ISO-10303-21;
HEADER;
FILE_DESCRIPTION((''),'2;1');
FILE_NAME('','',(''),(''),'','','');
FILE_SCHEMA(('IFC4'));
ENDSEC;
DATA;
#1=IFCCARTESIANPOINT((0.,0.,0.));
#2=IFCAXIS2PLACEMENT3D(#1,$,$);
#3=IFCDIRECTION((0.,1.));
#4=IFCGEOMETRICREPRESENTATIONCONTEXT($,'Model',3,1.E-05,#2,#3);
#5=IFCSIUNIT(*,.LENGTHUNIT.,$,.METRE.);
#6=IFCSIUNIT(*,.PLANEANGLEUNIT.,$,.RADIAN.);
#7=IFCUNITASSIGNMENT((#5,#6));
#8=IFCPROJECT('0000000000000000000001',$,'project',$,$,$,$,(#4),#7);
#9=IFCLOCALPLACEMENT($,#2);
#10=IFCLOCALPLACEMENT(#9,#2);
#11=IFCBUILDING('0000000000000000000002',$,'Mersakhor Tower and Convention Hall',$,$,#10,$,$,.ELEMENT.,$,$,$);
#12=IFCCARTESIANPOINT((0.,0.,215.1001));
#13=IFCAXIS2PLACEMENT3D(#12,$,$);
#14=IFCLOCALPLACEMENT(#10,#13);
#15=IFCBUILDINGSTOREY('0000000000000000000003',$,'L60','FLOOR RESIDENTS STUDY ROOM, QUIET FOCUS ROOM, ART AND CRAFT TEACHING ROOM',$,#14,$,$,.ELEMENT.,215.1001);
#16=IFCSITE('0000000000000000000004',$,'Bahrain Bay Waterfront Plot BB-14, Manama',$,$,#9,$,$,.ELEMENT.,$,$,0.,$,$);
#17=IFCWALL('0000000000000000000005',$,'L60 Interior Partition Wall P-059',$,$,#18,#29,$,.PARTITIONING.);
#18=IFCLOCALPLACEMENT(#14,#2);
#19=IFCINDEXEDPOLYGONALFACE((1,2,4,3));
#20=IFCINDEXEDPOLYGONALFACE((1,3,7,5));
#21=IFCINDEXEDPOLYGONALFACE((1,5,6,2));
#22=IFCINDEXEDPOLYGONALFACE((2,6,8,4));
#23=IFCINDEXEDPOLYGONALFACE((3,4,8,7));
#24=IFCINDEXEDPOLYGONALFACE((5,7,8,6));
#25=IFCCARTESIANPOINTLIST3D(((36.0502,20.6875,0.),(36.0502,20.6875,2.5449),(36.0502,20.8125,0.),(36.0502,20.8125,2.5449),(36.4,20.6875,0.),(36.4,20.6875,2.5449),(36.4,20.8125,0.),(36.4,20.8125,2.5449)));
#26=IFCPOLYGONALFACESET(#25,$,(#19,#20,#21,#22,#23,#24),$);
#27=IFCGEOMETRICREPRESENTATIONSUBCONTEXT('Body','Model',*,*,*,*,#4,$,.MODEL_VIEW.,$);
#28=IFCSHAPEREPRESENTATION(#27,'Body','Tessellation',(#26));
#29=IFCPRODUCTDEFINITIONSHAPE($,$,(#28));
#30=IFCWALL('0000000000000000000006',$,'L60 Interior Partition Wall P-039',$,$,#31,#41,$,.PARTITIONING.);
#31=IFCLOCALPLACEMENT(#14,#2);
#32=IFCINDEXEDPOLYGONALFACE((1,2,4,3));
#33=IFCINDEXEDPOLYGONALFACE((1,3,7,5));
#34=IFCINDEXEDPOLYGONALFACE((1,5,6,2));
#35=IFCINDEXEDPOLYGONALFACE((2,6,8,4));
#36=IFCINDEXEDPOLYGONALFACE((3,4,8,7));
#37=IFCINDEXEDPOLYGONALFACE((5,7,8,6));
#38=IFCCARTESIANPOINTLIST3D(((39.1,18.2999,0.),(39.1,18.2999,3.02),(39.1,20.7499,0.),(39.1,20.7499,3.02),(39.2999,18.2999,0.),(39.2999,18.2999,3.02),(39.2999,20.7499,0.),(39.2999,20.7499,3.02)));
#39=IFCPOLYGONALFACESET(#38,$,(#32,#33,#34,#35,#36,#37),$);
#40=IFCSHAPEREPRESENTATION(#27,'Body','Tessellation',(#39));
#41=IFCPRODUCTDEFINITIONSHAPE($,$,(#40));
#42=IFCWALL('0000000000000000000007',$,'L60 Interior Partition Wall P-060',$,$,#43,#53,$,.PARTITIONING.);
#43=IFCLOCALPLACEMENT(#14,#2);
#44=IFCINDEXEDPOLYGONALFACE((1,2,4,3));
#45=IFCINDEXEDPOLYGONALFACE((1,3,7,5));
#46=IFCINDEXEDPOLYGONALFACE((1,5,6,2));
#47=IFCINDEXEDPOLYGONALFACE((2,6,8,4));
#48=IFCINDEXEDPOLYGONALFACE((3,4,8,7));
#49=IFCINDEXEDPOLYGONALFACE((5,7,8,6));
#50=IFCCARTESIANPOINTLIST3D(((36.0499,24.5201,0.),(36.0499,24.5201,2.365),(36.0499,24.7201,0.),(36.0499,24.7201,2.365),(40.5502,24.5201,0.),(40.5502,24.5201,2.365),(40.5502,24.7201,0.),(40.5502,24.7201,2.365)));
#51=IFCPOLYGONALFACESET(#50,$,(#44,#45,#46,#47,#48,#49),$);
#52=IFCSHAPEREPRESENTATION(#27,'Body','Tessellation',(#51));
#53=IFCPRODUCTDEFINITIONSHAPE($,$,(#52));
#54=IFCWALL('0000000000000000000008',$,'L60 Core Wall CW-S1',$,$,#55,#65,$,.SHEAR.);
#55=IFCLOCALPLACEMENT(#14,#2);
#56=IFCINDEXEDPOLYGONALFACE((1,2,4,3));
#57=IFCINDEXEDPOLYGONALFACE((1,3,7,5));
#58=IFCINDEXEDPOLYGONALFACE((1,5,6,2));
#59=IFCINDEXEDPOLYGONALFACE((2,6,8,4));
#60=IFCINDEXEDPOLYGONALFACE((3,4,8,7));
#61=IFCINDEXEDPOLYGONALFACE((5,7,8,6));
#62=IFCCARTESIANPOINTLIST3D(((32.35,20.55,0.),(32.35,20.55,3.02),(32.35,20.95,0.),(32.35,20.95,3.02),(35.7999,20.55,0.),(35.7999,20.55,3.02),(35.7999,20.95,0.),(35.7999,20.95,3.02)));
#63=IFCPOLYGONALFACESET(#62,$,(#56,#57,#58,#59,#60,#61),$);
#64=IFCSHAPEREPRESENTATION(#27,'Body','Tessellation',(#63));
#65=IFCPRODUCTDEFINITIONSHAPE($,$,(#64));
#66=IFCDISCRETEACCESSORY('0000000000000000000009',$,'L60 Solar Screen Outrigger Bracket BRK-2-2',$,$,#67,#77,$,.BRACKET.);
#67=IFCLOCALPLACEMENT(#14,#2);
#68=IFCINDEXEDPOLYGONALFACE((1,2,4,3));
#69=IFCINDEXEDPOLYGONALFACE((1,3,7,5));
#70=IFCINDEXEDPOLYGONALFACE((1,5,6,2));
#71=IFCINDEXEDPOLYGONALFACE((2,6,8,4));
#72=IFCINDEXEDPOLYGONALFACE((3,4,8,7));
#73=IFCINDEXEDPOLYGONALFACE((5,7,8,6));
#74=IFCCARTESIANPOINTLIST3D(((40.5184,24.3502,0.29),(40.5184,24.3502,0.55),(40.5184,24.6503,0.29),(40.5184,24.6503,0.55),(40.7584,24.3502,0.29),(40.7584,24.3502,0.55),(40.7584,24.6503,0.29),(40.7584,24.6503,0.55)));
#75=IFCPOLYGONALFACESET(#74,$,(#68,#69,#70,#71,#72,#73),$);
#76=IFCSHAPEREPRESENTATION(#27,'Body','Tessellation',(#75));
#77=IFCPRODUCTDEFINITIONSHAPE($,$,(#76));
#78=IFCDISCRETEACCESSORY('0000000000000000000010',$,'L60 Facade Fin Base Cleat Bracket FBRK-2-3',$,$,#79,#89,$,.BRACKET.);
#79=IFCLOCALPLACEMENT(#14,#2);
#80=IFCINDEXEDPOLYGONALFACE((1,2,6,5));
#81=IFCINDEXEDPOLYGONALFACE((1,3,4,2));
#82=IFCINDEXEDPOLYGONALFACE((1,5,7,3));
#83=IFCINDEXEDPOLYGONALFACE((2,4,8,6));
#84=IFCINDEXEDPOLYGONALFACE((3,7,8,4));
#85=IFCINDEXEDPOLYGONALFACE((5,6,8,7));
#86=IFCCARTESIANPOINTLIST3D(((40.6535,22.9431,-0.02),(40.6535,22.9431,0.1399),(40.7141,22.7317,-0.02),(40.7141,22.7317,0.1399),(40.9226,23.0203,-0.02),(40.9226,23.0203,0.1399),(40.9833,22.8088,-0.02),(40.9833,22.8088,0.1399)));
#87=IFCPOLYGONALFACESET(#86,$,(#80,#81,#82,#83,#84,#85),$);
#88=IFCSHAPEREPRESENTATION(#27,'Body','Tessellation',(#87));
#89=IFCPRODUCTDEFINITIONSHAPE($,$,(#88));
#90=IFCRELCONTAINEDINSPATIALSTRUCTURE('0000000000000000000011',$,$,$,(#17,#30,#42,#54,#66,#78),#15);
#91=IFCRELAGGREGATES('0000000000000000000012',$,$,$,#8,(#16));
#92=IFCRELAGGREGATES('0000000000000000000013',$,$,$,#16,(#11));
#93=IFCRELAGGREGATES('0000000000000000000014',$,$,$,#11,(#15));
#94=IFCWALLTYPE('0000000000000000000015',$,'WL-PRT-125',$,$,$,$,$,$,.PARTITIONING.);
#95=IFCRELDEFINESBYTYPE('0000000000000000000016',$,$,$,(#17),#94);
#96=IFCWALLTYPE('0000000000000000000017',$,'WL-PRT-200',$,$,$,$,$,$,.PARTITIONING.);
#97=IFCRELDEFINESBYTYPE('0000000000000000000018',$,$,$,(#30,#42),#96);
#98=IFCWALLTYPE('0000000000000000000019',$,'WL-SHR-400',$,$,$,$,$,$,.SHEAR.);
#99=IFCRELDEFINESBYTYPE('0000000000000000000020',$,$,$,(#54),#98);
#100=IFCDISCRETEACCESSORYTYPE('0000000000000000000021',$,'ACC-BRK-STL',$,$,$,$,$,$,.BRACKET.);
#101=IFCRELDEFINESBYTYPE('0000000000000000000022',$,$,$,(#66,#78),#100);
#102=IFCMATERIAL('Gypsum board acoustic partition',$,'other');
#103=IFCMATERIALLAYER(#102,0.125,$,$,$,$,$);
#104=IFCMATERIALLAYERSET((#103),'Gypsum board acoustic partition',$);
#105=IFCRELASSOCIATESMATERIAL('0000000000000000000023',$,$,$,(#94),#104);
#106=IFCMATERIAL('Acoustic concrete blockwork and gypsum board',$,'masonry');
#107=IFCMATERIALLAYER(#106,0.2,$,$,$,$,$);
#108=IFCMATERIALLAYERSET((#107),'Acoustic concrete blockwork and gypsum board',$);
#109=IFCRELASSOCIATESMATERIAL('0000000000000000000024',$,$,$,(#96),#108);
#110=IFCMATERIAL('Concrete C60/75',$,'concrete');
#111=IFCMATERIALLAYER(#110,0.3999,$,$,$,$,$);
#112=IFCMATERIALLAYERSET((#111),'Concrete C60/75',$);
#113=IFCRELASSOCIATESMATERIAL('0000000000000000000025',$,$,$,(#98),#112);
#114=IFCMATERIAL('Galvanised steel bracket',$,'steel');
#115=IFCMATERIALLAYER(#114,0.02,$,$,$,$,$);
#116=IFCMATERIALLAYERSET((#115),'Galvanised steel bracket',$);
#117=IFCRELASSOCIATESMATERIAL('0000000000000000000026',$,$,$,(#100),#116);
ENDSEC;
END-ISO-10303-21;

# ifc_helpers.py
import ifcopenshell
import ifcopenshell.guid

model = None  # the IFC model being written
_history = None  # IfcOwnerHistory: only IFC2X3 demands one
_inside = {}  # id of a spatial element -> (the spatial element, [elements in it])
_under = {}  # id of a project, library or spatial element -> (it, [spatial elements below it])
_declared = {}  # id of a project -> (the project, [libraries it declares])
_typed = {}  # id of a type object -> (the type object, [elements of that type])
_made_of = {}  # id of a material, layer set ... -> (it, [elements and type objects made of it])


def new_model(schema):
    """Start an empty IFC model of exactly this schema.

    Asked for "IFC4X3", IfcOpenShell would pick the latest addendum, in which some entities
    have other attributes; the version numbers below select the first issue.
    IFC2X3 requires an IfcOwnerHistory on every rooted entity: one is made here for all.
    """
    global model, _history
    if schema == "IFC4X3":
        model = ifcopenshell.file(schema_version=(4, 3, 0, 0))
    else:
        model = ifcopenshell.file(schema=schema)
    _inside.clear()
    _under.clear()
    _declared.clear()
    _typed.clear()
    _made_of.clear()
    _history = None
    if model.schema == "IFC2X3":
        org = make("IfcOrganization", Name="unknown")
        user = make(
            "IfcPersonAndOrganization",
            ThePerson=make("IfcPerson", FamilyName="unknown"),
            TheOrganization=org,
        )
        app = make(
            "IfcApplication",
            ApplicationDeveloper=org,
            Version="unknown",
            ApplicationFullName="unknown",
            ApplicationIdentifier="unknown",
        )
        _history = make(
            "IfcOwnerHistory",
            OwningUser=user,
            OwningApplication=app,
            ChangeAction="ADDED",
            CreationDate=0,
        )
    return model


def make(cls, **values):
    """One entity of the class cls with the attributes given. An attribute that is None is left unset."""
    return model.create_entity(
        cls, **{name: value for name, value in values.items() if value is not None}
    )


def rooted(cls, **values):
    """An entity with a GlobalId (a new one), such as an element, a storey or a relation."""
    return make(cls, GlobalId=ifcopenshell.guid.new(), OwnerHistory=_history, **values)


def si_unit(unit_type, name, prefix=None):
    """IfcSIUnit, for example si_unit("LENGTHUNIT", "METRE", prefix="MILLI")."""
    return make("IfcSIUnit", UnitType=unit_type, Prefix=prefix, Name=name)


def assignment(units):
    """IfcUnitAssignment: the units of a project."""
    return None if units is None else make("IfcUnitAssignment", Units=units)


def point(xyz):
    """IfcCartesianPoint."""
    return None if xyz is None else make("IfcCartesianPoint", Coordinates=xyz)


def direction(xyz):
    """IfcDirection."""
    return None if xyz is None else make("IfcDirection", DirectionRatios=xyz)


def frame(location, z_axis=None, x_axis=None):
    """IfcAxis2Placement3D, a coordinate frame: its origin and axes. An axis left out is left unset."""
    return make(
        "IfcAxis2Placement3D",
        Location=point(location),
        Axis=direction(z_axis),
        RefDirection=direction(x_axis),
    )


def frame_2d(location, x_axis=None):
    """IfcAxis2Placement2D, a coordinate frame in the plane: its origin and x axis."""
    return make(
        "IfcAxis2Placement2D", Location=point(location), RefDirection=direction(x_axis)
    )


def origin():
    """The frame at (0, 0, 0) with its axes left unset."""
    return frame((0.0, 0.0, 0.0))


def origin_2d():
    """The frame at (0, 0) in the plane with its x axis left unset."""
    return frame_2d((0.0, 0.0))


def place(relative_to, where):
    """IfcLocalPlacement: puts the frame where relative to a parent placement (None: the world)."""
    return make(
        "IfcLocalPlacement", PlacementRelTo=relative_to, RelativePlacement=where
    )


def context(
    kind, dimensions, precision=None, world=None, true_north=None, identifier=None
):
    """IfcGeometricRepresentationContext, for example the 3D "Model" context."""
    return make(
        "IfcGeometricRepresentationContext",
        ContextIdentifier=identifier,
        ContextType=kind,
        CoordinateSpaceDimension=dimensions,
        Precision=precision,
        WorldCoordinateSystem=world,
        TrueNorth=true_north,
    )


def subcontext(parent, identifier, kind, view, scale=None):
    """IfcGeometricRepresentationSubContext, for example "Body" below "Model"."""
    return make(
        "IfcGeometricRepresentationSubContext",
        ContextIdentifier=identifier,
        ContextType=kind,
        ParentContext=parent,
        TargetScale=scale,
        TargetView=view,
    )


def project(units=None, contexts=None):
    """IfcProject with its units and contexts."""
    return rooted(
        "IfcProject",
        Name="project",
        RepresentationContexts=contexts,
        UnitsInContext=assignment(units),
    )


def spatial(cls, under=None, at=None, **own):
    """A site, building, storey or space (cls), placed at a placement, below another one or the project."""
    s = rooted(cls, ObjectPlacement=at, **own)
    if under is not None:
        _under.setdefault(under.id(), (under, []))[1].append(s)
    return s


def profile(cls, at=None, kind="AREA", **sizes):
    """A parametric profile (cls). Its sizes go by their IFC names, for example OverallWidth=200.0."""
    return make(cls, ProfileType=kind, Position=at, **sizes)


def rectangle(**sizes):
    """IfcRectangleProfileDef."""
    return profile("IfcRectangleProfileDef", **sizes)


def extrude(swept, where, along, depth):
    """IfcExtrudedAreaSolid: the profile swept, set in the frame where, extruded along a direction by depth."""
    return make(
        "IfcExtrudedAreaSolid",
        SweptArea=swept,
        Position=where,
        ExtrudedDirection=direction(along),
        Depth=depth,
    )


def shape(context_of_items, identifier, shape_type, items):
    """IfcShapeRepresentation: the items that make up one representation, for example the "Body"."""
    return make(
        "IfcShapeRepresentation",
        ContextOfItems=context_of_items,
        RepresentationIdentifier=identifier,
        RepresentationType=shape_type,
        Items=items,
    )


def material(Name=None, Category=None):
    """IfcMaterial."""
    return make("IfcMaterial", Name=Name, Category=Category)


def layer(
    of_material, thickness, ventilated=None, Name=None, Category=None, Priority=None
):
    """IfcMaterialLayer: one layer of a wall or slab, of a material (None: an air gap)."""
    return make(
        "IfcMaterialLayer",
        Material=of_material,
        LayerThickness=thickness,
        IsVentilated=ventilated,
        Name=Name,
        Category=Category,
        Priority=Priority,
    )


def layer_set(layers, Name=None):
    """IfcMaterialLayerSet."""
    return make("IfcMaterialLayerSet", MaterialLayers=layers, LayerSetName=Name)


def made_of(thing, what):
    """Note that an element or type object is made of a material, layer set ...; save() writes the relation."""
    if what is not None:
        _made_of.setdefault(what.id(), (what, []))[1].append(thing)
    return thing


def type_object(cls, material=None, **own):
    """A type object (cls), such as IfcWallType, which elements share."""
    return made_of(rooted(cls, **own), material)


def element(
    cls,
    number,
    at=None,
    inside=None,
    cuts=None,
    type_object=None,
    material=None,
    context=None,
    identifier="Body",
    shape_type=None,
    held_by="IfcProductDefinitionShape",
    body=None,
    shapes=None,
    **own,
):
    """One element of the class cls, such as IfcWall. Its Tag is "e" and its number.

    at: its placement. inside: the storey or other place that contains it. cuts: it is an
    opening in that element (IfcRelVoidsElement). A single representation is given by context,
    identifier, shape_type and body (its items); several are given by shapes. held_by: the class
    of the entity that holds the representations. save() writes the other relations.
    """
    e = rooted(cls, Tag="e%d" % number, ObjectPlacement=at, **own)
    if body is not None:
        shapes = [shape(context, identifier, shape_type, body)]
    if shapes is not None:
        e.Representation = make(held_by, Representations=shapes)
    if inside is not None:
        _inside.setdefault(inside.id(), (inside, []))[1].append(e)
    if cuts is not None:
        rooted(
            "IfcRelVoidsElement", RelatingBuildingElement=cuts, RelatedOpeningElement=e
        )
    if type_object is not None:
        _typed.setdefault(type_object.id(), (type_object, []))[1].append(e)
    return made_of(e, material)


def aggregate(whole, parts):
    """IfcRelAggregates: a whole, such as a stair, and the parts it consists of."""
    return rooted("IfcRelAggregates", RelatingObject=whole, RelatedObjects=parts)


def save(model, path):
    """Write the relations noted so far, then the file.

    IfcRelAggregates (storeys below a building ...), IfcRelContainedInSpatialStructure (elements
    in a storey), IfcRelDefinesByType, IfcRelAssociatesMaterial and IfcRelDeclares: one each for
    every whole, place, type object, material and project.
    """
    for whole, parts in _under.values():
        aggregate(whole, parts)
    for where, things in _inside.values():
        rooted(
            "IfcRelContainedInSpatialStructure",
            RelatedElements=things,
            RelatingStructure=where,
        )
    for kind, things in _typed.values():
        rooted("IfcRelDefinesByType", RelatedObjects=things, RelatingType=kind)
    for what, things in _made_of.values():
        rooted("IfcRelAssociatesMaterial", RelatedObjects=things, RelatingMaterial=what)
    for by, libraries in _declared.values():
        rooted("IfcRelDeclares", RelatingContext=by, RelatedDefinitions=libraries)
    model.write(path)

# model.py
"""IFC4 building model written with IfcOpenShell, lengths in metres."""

from ifc_helpers import new_model, si_unit, direction, frame, frame_2d, origin, origin_2d, place, context, subcontext, project, spatial, rectangle, extrude, material, layer, layer_set, type_object, element, save


model = new_model("IFC4")

# Units and contexts
model_context = context("Model", 3, precision=1e-05, world=origin(), true_north=direction((0.0, 1.0)))
body_context = subcontext(model_context, "Body", "Model", "MODEL_VIEW")
ifc_project = project(units=[si_unit("LENGTHUNIT", "METRE"), si_unit("PLANEANGLEUNIT", "RADIAN")], contexts=[model_context])

# Site, building, storey
site_placement = place(None, origin())
site = spatial("IfcSite", under=ifc_project, at=site_placement, Name="Bahrain Bay Waterfront Plot BB-14, Manama", CompositionType="ELEMENT", RefElevation=0.0)
building_placement = place(site_placement, origin())
building = spatial("IfcBuilding", under=site, at=building_placement, Name="Mersakhor Tower and Convention Hall", CompositionType="ELEMENT")
storey_placement = place(building_placement, frame((0.0, 0.0, 215.1001)))
storey = spatial("IfcBuildingStorey", under=building, at=storey_placement, Name="L60", Description="FLOOR RESIDENTS STUDY ROOM, QUIET FOCUS ROOM, ART AND CRAFT TEACHING ROOM", CompositionType="ELEMENT", Elevation=215.1001)

# Wall
ifc_material_1 = material(Name="Gypsum board acoustic partition", Category="other")
ifc_layer_1 = layer(ifc_material_1, 0.125)
ifc_layer_set_1 = layer_set([ifc_layer_1], Name="Gypsum board acoustic partition")
wall_type_1 = type_object("IfcWallType", Name="WL-PRT-125", PredefinedType="PARTITIONING", material=ifc_layer_set_1)
wall_1_placement = place(storey_placement, frame((36.3999, 20.75, 0.0), z_axis=(0.0, 0.0, 1.0), x_axis=(-1.0, 0.0, 0.0)))
element("IfcWall", 1, at=wall_1_placement, inside=storey, type_object=wall_type_1, Name="L60 Interior Partition Wall P-059", PredefinedType="PARTITIONING", context=body_context, shape_type="SweptSolid", body=[
    extrude(rectangle(XDim=0.3499, YDim=0.125, at=frame_2d((0.1748, 0.0))), origin(), (0.0, 0.0, 1.0), 2.5449),
])

# Shared definitions
ifc_material_2 = material(Name="Acoustic concrete blockwork and gypsum board", Category="masonry")
ifc_layer_2 = layer(ifc_material_2, 0.2)
ifc_layer_set_2 = layer_set([ifc_layer_2], Name="Acoustic concrete blockwork and gypsum board")
wall_type_2 = type_object("IfcWallType", Name="WL-PRT-200", PredefinedType="PARTITIONING", material=ifc_layer_set_2)

# Walls
wall_2_placement = place(storey_placement, frame((39.2, 20.75, 0.0), z_axis=(0.0, 0.0, 1.0), x_axis=(0.0, -1.0, 0.0)))
element("IfcWall", 2, at=wall_2_placement, inside=storey, type_object=wall_type_2, Name="L60 Interior Partition Wall P-039", PredefinedType="PARTITIONING", context=body_context, shape_type="SweptSolid", body=[
    extrude(rectangle(XDim=2.45, YDim=0.2, at=frame_2d((1.2251, 0.0))), origin(), (0.0, 0.0, 1.0), 3.02),
])
wall_3_placement = place(storey_placement, frame((36.05, 24.6201, 0.0), z_axis=(0.0, 0.0, 1.0), x_axis=(1.0, 0.0, 0.0)))
element("IfcWall", 3, at=wall_3_placement, inside=storey, type_object=wall_type_2, Name="L60 Interior Partition Wall P-060", PredefinedType="PARTITIONING", context=body_context, shape_type="SweptSolid", body=[
    extrude(rectangle(XDim=4.5002, YDim=0.2, at=frame_2d((2.25, 0.0))), origin(), (0.0, 0.0, 1.0), 2.365),
])
ifc_material_3 = material(Name="Concrete C60/75", Category="concrete")
ifc_layer_3 = layer(ifc_material_3, 0.3999)
ifc_layer_set_3 = layer_set([ifc_layer_3], Name="Concrete C60/75")
wall_type_3 = type_object("IfcWallType", Name="WL-SHR-400", PredefinedType="SHEAR", material=ifc_layer_set_3)
wall_4_placement = place(storey_placement, frame((35.8, 20.75, 0.0), z_axis=(0.0, 0.0, 1.0), x_axis=(-1.0, 0.0, 0.0)))
element("IfcWall", 4, at=wall_4_placement, inside=storey, type_object=wall_type_3, Name="L60 Core Wall CW-S1", PredefinedType="SHEAR", context=body_context, shape_type="SweptSolid", body=[
    extrude(rectangle(XDim=3.45, YDim=0.3999, at=frame_2d((1.7251, 0.0))), origin(), (0.0, 0.0, 1.0), 3.02),
])

# Discrete accessories
ifc_material_4 = material(Name="Galvanised steel bracket", Category="steel")
ifc_layer_4 = layer(ifc_material_4, 0.02)
ifc_layer_set_4 = layer_set([ifc_layer_4], Name="Galvanised steel bracket")
discrete_accessory_type = type_object("IfcDiscreteAccessoryType", Name="ACC-BRK-STL", PredefinedType="BRACKET", material=ifc_layer_set_4)
discrete_accessory_1_placement = place(storey_placement, frame((40.6384, 24.5002, 0.29), z_axis=(0.0, 0.0, 1.0), x_axis=(0.0, -1.0, 0.0)))
element("IfcDiscreteAccessory", 5, at=discrete_accessory_1_placement, inside=storey, type_object=discrete_accessory_type, Name="L60 Solar Screen Outrigger Bracket BRK-2-2", PredefinedType="BRACKET", context=body_context, shape_type="SweptSolid", body=[
    extrude(rectangle(XDim=0.3, YDim=0.24, at=origin_2d()), origin(), (0.0, 0.0, 1.0), 0.26),
])
discrete_accessory_2_placement = place(storey_placement, frame((40.8184, 22.876, -0.02), z_axis=(0.0, 0.0, 1.0), x_axis=(0.961262, 0.275637, 0.0)))
element("IfcDiscreteAccessory", 6, at=discrete_accessory_2_placement, inside=storey, type_object=discrete_accessory_type, Name="L60 Facade Fin Base Cleat Bracket FBRK-2-3", PredefinedType="BRACKET", context=body_context, shape_type="SweptSolid", body=[
    extrude(rectangle(XDim=0.28, YDim=0.22, at=origin_2d()), origin(), (0.0, 0.0, 1.0), 0.1599),
])

save(model, "model.ifc")
